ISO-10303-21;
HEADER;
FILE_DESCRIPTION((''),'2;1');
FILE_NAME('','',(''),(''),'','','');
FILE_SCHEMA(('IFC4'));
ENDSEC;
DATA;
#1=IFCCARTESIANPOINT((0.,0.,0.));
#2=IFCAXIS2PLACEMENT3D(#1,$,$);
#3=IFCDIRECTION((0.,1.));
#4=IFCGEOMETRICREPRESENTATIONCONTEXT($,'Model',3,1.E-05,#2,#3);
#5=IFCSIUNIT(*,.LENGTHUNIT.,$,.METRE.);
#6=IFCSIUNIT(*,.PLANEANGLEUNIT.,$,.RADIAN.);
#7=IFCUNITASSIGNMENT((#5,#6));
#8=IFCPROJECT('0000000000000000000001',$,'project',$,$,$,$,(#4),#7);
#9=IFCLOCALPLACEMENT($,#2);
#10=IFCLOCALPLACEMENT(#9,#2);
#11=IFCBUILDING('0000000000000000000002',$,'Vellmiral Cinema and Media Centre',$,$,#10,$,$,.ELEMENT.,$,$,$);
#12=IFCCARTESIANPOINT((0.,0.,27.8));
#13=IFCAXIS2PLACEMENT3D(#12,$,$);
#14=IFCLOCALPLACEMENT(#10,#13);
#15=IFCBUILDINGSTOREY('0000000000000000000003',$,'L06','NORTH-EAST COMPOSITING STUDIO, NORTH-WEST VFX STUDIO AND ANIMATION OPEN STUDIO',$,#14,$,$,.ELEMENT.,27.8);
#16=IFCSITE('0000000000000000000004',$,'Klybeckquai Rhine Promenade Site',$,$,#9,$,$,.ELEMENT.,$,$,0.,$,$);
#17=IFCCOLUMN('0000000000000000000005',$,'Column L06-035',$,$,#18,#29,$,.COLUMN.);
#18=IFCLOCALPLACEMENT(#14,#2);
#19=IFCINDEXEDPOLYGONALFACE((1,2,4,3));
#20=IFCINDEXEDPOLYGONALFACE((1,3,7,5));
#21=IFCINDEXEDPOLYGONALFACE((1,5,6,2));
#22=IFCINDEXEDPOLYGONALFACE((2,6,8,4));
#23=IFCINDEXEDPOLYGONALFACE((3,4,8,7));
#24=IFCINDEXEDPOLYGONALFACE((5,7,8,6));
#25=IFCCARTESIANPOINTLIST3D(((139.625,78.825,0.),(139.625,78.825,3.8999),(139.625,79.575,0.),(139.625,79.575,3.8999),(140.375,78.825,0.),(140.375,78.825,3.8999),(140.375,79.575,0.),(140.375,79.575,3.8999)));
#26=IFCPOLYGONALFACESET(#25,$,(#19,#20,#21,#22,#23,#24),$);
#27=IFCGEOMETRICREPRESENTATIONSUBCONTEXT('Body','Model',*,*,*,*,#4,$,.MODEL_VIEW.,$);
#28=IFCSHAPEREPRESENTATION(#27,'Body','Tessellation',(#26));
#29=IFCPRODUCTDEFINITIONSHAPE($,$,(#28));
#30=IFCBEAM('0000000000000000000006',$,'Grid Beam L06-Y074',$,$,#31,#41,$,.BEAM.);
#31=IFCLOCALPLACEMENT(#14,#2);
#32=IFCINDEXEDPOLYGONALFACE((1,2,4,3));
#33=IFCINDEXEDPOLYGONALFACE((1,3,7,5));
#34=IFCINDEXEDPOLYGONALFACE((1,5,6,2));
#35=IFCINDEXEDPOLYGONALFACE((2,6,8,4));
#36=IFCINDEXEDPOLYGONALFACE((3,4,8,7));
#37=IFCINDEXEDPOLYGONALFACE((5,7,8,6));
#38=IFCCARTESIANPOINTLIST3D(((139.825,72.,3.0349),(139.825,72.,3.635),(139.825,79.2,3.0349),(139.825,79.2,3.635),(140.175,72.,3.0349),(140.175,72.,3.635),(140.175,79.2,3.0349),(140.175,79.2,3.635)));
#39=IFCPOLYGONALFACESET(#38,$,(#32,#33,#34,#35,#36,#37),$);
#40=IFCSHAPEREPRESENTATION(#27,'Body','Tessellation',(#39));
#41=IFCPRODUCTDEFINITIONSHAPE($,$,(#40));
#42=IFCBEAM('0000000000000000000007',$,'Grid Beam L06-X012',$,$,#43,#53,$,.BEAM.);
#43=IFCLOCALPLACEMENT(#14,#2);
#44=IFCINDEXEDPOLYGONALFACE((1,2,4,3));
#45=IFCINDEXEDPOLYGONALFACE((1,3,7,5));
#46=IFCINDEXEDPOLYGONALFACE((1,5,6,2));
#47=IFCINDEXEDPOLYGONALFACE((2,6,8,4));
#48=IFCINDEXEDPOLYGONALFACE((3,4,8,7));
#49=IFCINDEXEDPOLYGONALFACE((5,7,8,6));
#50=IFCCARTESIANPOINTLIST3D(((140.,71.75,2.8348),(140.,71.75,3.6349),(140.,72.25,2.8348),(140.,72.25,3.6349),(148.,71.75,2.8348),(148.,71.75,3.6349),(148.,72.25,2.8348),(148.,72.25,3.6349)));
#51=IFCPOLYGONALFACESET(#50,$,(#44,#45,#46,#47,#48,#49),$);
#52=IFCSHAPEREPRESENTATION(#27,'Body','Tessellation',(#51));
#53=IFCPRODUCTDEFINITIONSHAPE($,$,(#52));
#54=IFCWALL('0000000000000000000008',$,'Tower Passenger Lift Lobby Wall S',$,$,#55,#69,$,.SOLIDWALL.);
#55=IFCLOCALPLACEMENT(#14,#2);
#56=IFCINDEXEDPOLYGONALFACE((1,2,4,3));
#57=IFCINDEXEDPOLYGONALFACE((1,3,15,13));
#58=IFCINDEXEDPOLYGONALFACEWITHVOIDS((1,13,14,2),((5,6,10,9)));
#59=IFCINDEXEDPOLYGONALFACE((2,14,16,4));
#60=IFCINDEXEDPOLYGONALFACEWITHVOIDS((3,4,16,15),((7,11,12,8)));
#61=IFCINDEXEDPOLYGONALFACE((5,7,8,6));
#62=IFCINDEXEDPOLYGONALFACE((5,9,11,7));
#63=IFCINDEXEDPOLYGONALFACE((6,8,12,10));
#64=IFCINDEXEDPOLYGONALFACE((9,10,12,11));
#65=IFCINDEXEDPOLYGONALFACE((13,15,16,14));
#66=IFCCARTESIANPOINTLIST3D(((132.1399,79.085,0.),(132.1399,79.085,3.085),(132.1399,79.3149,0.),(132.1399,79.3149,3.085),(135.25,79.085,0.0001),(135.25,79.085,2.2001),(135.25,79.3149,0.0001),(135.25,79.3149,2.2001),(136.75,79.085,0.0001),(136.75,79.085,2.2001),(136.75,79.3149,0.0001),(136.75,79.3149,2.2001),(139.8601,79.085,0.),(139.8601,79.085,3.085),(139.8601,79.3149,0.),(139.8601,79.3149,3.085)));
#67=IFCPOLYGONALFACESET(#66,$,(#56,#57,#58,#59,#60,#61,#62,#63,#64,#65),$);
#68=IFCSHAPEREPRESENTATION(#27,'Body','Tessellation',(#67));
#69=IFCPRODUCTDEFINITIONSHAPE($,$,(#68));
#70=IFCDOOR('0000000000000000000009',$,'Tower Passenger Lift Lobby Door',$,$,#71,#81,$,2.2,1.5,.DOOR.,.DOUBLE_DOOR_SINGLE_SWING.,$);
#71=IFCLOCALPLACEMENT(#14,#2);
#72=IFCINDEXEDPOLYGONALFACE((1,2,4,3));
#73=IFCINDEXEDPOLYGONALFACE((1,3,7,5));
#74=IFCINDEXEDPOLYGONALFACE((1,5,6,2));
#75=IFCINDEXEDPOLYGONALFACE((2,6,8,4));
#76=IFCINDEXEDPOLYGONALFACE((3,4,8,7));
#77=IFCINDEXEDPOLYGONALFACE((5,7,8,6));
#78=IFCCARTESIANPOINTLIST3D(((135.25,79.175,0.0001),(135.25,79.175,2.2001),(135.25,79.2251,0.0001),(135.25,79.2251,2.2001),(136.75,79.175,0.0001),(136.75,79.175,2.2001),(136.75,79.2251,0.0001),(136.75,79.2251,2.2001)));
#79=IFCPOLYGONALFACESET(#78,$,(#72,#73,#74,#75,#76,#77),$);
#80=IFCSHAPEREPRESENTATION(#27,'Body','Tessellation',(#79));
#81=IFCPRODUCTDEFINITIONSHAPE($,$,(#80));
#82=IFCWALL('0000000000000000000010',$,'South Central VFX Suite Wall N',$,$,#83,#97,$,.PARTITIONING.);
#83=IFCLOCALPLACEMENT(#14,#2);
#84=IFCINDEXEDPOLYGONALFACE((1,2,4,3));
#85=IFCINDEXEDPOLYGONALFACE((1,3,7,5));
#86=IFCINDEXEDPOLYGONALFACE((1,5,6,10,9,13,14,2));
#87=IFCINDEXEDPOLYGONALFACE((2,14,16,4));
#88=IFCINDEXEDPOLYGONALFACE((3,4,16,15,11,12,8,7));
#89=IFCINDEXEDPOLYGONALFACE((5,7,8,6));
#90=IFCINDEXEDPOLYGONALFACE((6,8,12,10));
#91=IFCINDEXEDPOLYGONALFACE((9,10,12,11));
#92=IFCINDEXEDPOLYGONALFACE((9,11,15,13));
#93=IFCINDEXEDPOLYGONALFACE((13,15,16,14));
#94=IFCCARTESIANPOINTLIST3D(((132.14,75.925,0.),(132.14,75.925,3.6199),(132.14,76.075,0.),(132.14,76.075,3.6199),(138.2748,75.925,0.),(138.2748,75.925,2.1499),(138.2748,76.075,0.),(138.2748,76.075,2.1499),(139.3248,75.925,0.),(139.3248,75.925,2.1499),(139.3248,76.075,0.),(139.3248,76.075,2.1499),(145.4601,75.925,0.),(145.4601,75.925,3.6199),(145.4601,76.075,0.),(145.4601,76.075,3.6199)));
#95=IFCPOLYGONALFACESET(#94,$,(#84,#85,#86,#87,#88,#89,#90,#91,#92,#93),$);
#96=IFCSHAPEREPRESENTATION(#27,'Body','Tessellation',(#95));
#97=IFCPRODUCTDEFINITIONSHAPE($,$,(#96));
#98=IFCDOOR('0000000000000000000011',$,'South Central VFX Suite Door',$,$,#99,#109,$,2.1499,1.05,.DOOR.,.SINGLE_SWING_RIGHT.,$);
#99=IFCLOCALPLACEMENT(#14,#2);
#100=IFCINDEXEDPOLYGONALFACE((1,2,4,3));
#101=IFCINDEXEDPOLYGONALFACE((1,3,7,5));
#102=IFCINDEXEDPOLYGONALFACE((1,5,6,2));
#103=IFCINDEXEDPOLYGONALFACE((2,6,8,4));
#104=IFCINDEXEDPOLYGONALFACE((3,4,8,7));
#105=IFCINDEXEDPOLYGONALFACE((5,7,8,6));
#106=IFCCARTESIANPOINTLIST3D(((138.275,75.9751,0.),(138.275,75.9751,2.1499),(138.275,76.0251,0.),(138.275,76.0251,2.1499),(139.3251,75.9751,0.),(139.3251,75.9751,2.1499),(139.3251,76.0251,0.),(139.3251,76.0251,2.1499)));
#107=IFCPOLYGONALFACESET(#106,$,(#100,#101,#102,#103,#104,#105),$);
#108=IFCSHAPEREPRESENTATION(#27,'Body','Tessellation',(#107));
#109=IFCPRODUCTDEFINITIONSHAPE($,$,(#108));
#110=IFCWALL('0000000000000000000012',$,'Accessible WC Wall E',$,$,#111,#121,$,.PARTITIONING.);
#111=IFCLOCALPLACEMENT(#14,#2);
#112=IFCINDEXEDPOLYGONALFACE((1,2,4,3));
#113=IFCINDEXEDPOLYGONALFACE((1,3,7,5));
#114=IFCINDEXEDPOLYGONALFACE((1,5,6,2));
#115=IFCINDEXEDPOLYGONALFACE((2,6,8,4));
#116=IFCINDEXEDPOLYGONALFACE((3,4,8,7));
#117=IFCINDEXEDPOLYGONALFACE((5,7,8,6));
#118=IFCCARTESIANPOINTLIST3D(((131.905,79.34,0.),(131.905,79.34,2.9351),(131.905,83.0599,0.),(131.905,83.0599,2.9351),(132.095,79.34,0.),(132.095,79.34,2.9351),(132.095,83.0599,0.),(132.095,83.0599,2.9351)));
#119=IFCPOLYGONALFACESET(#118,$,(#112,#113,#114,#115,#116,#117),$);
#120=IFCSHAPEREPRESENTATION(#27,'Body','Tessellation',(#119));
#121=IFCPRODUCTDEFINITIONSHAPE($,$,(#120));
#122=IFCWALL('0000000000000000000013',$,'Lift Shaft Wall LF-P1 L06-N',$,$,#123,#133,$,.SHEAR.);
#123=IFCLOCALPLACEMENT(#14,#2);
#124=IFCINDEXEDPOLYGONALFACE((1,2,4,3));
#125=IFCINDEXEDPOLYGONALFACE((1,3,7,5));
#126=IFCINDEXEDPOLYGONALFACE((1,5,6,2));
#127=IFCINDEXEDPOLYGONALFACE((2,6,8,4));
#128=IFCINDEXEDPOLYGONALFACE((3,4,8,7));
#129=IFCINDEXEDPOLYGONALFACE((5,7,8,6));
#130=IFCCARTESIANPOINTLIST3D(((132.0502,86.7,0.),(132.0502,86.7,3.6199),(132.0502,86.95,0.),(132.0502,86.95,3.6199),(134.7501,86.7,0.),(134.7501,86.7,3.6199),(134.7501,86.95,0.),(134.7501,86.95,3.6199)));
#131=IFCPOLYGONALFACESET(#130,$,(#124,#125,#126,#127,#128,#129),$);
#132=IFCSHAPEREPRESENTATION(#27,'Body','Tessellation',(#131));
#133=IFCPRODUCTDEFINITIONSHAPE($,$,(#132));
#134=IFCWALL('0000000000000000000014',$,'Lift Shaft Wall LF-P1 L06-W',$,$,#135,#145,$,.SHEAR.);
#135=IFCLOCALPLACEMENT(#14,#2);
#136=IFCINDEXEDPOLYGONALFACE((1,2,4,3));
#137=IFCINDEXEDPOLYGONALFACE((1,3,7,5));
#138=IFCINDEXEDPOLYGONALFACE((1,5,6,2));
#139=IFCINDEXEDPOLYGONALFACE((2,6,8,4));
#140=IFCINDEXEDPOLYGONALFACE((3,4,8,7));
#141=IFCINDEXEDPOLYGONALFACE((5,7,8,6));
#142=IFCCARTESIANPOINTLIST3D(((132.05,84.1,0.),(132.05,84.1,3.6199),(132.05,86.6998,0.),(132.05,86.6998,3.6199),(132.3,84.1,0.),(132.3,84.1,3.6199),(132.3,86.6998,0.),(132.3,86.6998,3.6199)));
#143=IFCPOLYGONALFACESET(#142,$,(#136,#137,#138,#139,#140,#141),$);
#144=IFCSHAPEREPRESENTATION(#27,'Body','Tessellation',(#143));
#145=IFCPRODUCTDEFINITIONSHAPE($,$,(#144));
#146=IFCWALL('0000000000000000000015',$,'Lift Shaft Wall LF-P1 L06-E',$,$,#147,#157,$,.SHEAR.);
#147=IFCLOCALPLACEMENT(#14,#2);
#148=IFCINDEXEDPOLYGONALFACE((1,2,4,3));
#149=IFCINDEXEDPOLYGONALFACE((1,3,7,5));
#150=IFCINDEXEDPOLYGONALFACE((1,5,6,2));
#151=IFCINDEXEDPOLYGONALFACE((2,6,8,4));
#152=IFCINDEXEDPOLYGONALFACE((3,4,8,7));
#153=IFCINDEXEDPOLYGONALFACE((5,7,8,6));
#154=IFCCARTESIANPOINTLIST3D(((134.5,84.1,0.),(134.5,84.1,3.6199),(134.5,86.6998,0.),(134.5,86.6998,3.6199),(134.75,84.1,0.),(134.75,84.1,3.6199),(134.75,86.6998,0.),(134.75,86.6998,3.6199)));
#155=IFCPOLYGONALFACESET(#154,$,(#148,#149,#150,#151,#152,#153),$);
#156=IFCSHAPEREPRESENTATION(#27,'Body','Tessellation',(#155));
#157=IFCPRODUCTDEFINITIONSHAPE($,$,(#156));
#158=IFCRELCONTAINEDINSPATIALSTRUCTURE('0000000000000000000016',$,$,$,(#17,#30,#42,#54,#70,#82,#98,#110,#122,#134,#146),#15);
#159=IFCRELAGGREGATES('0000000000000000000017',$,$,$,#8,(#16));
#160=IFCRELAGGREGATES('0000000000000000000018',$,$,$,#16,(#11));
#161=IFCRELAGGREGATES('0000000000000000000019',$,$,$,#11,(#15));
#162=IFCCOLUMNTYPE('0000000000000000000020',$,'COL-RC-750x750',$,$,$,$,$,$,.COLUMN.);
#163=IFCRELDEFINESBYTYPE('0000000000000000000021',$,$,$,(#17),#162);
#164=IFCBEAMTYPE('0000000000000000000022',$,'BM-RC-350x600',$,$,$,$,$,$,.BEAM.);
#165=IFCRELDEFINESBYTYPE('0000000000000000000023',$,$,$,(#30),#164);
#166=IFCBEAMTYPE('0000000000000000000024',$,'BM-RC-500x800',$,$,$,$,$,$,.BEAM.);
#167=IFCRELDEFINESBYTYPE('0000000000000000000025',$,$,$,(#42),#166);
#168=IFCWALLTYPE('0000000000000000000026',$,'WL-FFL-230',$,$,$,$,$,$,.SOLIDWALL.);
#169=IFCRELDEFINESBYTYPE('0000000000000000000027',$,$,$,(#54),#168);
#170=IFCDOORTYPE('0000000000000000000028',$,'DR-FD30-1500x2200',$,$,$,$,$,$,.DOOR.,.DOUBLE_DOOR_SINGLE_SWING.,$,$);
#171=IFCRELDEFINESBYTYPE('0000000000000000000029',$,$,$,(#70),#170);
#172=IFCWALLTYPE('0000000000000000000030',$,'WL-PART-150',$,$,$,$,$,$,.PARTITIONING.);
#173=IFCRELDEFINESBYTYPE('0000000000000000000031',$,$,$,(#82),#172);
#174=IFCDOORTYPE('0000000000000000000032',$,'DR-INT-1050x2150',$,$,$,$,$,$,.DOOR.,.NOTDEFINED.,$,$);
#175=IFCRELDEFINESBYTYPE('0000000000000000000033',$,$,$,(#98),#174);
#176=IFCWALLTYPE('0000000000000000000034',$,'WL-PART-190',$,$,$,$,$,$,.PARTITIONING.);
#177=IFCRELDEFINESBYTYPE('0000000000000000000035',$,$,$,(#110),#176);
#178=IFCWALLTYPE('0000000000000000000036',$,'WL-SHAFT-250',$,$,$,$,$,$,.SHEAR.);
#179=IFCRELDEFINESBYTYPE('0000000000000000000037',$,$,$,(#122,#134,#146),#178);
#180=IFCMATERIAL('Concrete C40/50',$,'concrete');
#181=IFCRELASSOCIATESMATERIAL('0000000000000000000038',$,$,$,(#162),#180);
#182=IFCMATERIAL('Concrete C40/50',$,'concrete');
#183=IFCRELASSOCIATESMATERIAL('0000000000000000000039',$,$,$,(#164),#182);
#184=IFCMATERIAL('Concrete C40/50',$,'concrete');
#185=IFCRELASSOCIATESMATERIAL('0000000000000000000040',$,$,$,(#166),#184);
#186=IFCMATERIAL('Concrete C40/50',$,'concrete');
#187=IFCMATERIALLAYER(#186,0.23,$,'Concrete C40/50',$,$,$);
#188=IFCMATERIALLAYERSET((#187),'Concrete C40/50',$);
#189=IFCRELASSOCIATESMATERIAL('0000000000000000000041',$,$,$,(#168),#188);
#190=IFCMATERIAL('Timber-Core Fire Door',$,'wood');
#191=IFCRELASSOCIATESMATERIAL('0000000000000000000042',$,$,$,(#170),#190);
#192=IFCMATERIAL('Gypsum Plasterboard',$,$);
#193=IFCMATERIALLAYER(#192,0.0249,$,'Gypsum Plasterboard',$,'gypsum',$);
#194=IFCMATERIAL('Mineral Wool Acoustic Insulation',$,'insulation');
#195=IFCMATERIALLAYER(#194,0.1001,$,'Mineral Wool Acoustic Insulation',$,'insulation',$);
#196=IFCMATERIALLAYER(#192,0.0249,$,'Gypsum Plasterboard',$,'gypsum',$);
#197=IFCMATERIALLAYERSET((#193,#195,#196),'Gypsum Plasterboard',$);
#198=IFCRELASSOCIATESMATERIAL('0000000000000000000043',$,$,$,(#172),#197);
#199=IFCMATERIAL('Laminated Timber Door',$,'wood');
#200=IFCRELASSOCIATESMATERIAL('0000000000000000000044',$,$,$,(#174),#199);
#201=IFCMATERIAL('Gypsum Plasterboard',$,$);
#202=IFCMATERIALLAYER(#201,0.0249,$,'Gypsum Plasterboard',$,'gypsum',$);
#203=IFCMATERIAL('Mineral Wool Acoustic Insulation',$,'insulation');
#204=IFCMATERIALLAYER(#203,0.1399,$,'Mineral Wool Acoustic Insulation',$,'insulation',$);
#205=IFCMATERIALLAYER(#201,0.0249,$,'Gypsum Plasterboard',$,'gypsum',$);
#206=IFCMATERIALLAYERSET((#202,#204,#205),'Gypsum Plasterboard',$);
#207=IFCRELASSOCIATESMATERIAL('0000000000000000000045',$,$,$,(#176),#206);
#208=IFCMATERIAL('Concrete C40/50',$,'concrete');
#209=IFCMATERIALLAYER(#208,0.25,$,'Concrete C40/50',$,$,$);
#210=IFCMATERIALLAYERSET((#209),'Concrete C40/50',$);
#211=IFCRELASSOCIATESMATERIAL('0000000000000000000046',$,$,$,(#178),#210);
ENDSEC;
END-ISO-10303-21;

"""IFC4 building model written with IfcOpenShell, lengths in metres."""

from ifc_helpers import new_model, si_unit, direction, frame, frame_2d, origin, origin_2d, place, context, subcontext, project, spatial, rectangle, extrude, material, layer, layer_set, material_profile, profile_set, type_object, element, fill, save


model = new_model("IFC4")

# Units and contexts
model_context = context("Model", 3, precision=1e-05, world=origin(), true_north=direction((0.0, 1.0)))
body_context = subcontext(model_context, "Body", "Model", "MODEL_VIEW")
ifc_project = project(units=[si_unit("LENGTHUNIT", "METRE"), si_unit("PLANEANGLEUNIT", "RADIAN")], contexts=[model_context])

# Site, building, storey
site_placement = place(None, origin())
site = spatial("IfcSite", under=ifc_project, at=site_placement, Name="Klybeckquai Rhine Promenade Site", CompositionType="ELEMENT", RefElevation=0.0)
building_placement = place(site_placement, origin())
building = spatial("IfcBuilding", under=site, at=building_placement, Name="Vellmiral Cinema and Media Centre", CompositionType="ELEMENT")
storey_placement = place(building_placement, frame((0.0, 0.0, 27.8)))
storey = spatial("IfcBuildingStorey", under=building, at=storey_placement, Name="L06", Description="NORTH-EAST COMPOSITING STUDIO, NORTH-WEST VFX STUDIO AND ANIMATION OPEN STUDIO", CompositionType="ELEMENT", Elevation=27.8)

# Column
ifc_material_1 = material(Name="Concrete C40/50", Category="concrete")
ifc_material_profile_1 = material_profile(ifc_material_1, rectangle(XDim=0.75, YDim=0.75, at=origin_2d()), Name="RC 750x750")
ifc_profile_set_1 = profile_set([ifc_material_profile_1], Name="Concrete C40/50")
column_type = type_object("IfcColumnType", Name="COL-RC-750x750", PredefinedType="COLUMN", material=ifc_profile_set_1)
column_placement = place(storey_placement, frame((140.0, 79.2, 0.0), z_axis=(0.0, 0.0, 1.0), x_axis=(1.0, 0.0, 0.0)))
element("IfcColumn", 1, at=column_placement, inside=storey, type_object=column_type, Name="Column L06-035", PredefinedType="COLUMN", context=body_context, shape_type="SweptSolid", body=[
    extrude(rectangle(XDim=0.75, YDim=0.75, at=origin_2d()), origin(), (0.0, 0.0, 1.0), 3.8999),
])

# Beams
ifc_material_2 = material(Name="Concrete C40/50", Category="concrete")
ifc_material_profile_2 = material_profile(ifc_material_2, rectangle(XDim=0.3501, YDim=0.6001, at=origin_2d()), Name="RC 350x600")
ifc_profile_set_2 = profile_set([ifc_material_profile_2], Name="Concrete C40/50")
beam_type_1 = type_object("IfcBeamType", Name="BM-RC-350x600", PredefinedType="BEAM", material=ifc_profile_set_2)
beam_1_placement = place(storey_placement, frame((140.0, 72.0, 3.335), z_axis=(0.0, 1.0, 0.0), x_axis=(-1.0, 0.0, 0.0)))
element("IfcBeam", 2, at=beam_1_placement, inside=storey, type_object=beam_type_1, Name="Grid Beam L06-Y074", PredefinedType="BEAM", context=body_context, shape_type="SweptSolid", body=[
    extrude(rectangle(XDim=0.3501, YDim=0.6001, at=origin_2d()), origin(), (0.0, 0.0, 1.0), 7.2),
])
ifc_material_3 = material(Name="Concrete C40/50", Category="concrete")
ifc_material_profile_3 = material_profile(ifc_material_3, rectangle(XDim=0.5, YDim=0.8, at=origin_2d()), Name="RC 500x800")
ifc_profile_set_3 = profile_set([ifc_material_profile_3], Name="Concrete C40/50")
beam_type_2 = type_object("IfcBeamType", Name="BM-RC-500x800", PredefinedType="BEAM", material=ifc_profile_set_3)
beam_2_placement = place(storey_placement, frame((140.0, 72.0, 3.2349), z_axis=(1.0, 0.0, 0.0), x_axis=(0.0, 1.0, 0.0)))
element("IfcBeam", 3, at=beam_2_placement, inside=storey, type_object=beam_type_2, Name="Grid Beam L06-X012", PredefinedType="BEAM", context=body_context, shape_type="SweptSolid", body=[
    extrude(rectangle(XDim=0.5, YDim=0.8, at=origin_2d()), origin(), (0.0, 0.0, 1.0), 8.0),
])

# Walls, openings, doors
ifc_material_4 = material(Name="Concrete C40/50", Category="concrete")
ifc_layer_1 = layer(ifc_material_4, 0.23, Name="Concrete C40/50")
ifc_layer_set_1 = layer_set([ifc_layer_1], Name="Concrete C40/50")
wall_type_1 = type_object("IfcWallType", Name="WL-FFL-230", PredefinedType="SOLIDWALL", material=ifc_layer_set_1)
wall_1_placement = place(storey_placement, frame((132.1399, 79.2, 0.0), z_axis=(0.0, 0.0, 1.0), x_axis=(1.0, 0.0, 0.0)))
wall_1 = element("IfcWall", 4, at=wall_1_placement, inside=storey, type_object=wall_type_1, Name="Tower Passenger Lift Lobby Wall S", PredefinedType="SOLIDWALL", context=body_context, shape_type="SweptSolid", body=[
    extrude(rectangle(XDim=7.7202, YDim=0.23, at=frame_2d((3.8601, 0.0))), origin(), (0.0, 0.0, 1.0), 3.085),
])
opening_1_placement = place(wall_1_placement, frame((3.1101, 0.0, 0.0)))
opening_1 = element("IfcOpeningElement", 5, at=opening_1_placement, cuts=wall_1, PredefinedType="OPENING", context=body_context, shape_type="SweptSolid", body=[
    extrude(rectangle(XDim=1.5, YDim=2.2, at=frame_2d((0.75, 1.1001))), frame((0.0, 0.127, 0.0), z_axis=(0.0, -1.0, 0.0), x_axis=(1.0, 0.0, 0.0)), (0.0, 0.0, 1.0), 0.2539),
])
ifc_material_5 = material(Name="Timber-Core Fire Door", Category="wood")
door_type_1 = type_object("IfcDoorType", Name="DR-FD30-1500x2200", OperationType="DOUBLE_DOOR_SINGLE_SWING", PredefinedType="DOOR", material=ifc_material_5)
door_1_placement = place(opening_1_placement, frame((1.5, 0.0, 0.0), z_axis=(0.0, 0.0, 1.0), x_axis=(-1.0, 0.0, 0.0)))
door_1 = element("IfcDoor", 6, at=door_1_placement, inside=storey, type_object=door_type_1, Name="Tower Passenger Lift Lobby Door", OperationType="DOUBLE_DOOR_SINGLE_SWING", OverallHeight=2.2, OverallWidth=1.5, PredefinedType="DOOR", context=body_context, shape_type="SweptSolid", body=[
    extrude(rectangle(XDim=1.5, YDim=2.2, at=frame_2d((0.75, 1.1001))), frame((0.0, 0.0249, 0.0), z_axis=(0.0, -1.0, 0.0), x_axis=(1.0, 0.0, 0.0)), (0.0, 0.0, 1.0), 0.05),
])
fill(opening_1, door_1)
ifc_material_6 = material(Name="Gypsum Plasterboard")
ifc_layer_2 = layer(ifc_material_6, 0.0249, Name="Gypsum Plasterboard", Category="gypsum")
ifc_material_7 = material(Name="Mineral Wool Acoustic Insulation", Category="insulation")
ifc_layer_3 = layer(ifc_material_7, 0.1001, Name="Mineral Wool Acoustic Insulation", Category="insulation")
ifc_layer_4 = layer(ifc_material_6, 0.0249, Name="Gypsum Plasterboard", Category="gypsum")
ifc_layer_set_2 = layer_set([ifc_layer_2, ifc_layer_3, ifc_layer_4], Name="Gypsum Plasterboard")
wall_type_2 = type_object("IfcWallType", Name="WL-PART-150", PredefinedType="PARTITIONING", material=ifc_layer_set_2)
wall_2_placement = place(storey_placement, frame((132.1399, 76.0, 0.0), z_axis=(0.0, 0.0, 1.0), x_axis=(1.0, 0.0, 0.0)))
wall_2 = element("IfcWall", 7, at=wall_2_placement, inside=storey, type_object=wall_type_2, Name="South Central VFX Suite Wall N", PredefinedType="PARTITIONING", context=body_context, shape_type="SweptSolid", body=[
    extrude(rectangle(XDim=13.3201, YDim=0.1499, at=frame_2d((6.6602, 0.0))), origin(), (0.0, 0.0, 1.0), 3.6199),
])
opening_2_placement = place(wall_2_placement, frame((6.135, 0.0, 0.0)))
opening_2 = element("IfcOpeningElement", 8, at=opening_2_placement, cuts=wall_2, PredefinedType="OPENING", context=body_context, shape_type="SweptSolid", body=[
    extrude(rectangle(XDim=1.05, YDim=2.1499, at=frame_2d((0.5249, 1.075))), frame((0.0, 0.0869, 0.0), z_axis=(0.0, -1.0, 0.0), x_axis=(1.0, 0.0, 0.0)), (0.0, 0.0, 1.0), 0.1738),
])
ifc_material_8 = material(Name="Laminated Timber Door", Category="wood")
door_type_2 = type_object("IfcDoorType", Name="DR-INT-1050x2150", OperationType="NOTDEFINED", PredefinedType="DOOR", material=ifc_material_8)
door_2_placement = place(opening_2_placement, frame((1.05, 0.0, 0.0), z_axis=(0.0, 0.0, 1.0), x_axis=(-1.0, 0.0, 0.0)))
door_2 = element("IfcDoor", 9, at=door_2_placement, inside=storey, type_object=door_type_2, Name="South Central VFX Suite Door", OperationType="SINGLE_SWING_RIGHT", OverallHeight=2.1499, OverallWidth=1.05, PredefinedType="DOOR", context=body_context, shape_type="SweptSolid", body=[
    extrude(rectangle(XDim=1.05, YDim=2.1499, at=frame_2d((0.5249, 1.075))), frame((0.0, 0.0249, 0.0), z_axis=(0.0, -1.0, 0.0), x_axis=(1.0, 0.0, 0.0)), (0.0, 0.0, 1.0), 0.05),
])
fill(opening_2, door_2)

# Wall
ifc_material_9 = material(Name="Gypsum Plasterboard")
ifc_layer_5 = layer(ifc_material_9, 0.0249, Name="Gypsum Plasterboard", Category="gypsum")
ifc_material_10 = material(Name="Mineral Wool Acoustic Insulation", Category="insulation")
ifc_layer_6 = layer(ifc_material_10, 0.1399, Name="Mineral Wool Acoustic Insulation", Category="insulation")
ifc_layer_7 = layer(ifc_material_9, 0.0249, Name="Gypsum Plasterboard", Category="gypsum")
ifc_layer_set_3 = layer_set([ifc_layer_5, ifc_layer_6, ifc_layer_7], Name="Gypsum Plasterboard")
wall_type_3 = type_object("IfcWallType", Name="WL-PART-190", PredefinedType="PARTITIONING", material=ifc_layer_set_3)
wall_3_placement = place(storey_placement, frame((132.0, 79.3401, 0.0), z_axis=(0.0, 0.0, 1.0), x_axis=(0.0, 1.0, 0.0)))
element("IfcWall", 10, at=wall_3_placement, inside=storey, type_object=wall_type_3, Name="Accessible WC Wall E", PredefinedType="PARTITIONING", context=body_context, shape_type="SweptSolid", body=[
    extrude(rectangle(XDim=3.72, YDim=0.1899, at=frame_2d((1.8599, 0.0))), origin(), (0.0, 0.0, 1.0), 2.9351),
])

# Shared definitions
ifc_material_11 = material(Name="Concrete C40/50", Category="concrete")
ifc_layer_8 = layer(ifc_material_11, 0.25, Name="Concrete C40/50")
ifc_layer_set_4 = layer_set([ifc_layer_8], Name="Concrete C40/50")
wall_type_4 = type_object("IfcWallType", Name="WL-SHAFT-250", PredefinedType="SHEAR", material=ifc_layer_set_4)

# Walls
wall_4_placement = place(storey_placement, frame((132.05, 86.825, 0.0), z_axis=(0.0, 0.0, 1.0), x_axis=(1.0, 0.0, 0.0)))
element("IfcWall", 11, at=wall_4_placement, inside=storey, type_object=wall_type_4, Name="Lift Shaft Wall LF-P1 L06-N", PredefinedType="SHEAR", context=body_context, shape_type="SweptSolid", body=[
    extrude(rectangle(XDim=2.7, YDim=0.25, at=frame_2d((1.3501, 0.0))), origin(), (0.0, 0.0, 1.0), 3.6199),
])
for number, where, z_axis, x_axis, name in (
    (12, (132.175, 84.1001, 0.0), (0.0, 0.0, 1.0), (0.0, 1.0, 0.0), "Lift Shaft Wall LF-P1 L06-W"),
    (13, (134.625, 84.1001, 0.0), (0.0, 0.0, 1.0), (0.0, 1.0, 0.0), "Lift Shaft Wall LF-P1 L06-E"),
):
    element("IfcWall", number, at=place(storey_placement, frame(where, z_axis=z_axis, x_axis=x_axis)), inside=storey, type_object=wall_type_4, Name=name, PredefinedType="SHEAR", context=body_context, shape_type="SweptSolid", body=[
        extrude(rectangle(XDim=2.5999, YDim=0.25, at=frame_2d((1.2998, 0.0))), origin(), (0.0, 0.0, 1.0), 3.6199),
    ])

save(model, "model.ifc")
